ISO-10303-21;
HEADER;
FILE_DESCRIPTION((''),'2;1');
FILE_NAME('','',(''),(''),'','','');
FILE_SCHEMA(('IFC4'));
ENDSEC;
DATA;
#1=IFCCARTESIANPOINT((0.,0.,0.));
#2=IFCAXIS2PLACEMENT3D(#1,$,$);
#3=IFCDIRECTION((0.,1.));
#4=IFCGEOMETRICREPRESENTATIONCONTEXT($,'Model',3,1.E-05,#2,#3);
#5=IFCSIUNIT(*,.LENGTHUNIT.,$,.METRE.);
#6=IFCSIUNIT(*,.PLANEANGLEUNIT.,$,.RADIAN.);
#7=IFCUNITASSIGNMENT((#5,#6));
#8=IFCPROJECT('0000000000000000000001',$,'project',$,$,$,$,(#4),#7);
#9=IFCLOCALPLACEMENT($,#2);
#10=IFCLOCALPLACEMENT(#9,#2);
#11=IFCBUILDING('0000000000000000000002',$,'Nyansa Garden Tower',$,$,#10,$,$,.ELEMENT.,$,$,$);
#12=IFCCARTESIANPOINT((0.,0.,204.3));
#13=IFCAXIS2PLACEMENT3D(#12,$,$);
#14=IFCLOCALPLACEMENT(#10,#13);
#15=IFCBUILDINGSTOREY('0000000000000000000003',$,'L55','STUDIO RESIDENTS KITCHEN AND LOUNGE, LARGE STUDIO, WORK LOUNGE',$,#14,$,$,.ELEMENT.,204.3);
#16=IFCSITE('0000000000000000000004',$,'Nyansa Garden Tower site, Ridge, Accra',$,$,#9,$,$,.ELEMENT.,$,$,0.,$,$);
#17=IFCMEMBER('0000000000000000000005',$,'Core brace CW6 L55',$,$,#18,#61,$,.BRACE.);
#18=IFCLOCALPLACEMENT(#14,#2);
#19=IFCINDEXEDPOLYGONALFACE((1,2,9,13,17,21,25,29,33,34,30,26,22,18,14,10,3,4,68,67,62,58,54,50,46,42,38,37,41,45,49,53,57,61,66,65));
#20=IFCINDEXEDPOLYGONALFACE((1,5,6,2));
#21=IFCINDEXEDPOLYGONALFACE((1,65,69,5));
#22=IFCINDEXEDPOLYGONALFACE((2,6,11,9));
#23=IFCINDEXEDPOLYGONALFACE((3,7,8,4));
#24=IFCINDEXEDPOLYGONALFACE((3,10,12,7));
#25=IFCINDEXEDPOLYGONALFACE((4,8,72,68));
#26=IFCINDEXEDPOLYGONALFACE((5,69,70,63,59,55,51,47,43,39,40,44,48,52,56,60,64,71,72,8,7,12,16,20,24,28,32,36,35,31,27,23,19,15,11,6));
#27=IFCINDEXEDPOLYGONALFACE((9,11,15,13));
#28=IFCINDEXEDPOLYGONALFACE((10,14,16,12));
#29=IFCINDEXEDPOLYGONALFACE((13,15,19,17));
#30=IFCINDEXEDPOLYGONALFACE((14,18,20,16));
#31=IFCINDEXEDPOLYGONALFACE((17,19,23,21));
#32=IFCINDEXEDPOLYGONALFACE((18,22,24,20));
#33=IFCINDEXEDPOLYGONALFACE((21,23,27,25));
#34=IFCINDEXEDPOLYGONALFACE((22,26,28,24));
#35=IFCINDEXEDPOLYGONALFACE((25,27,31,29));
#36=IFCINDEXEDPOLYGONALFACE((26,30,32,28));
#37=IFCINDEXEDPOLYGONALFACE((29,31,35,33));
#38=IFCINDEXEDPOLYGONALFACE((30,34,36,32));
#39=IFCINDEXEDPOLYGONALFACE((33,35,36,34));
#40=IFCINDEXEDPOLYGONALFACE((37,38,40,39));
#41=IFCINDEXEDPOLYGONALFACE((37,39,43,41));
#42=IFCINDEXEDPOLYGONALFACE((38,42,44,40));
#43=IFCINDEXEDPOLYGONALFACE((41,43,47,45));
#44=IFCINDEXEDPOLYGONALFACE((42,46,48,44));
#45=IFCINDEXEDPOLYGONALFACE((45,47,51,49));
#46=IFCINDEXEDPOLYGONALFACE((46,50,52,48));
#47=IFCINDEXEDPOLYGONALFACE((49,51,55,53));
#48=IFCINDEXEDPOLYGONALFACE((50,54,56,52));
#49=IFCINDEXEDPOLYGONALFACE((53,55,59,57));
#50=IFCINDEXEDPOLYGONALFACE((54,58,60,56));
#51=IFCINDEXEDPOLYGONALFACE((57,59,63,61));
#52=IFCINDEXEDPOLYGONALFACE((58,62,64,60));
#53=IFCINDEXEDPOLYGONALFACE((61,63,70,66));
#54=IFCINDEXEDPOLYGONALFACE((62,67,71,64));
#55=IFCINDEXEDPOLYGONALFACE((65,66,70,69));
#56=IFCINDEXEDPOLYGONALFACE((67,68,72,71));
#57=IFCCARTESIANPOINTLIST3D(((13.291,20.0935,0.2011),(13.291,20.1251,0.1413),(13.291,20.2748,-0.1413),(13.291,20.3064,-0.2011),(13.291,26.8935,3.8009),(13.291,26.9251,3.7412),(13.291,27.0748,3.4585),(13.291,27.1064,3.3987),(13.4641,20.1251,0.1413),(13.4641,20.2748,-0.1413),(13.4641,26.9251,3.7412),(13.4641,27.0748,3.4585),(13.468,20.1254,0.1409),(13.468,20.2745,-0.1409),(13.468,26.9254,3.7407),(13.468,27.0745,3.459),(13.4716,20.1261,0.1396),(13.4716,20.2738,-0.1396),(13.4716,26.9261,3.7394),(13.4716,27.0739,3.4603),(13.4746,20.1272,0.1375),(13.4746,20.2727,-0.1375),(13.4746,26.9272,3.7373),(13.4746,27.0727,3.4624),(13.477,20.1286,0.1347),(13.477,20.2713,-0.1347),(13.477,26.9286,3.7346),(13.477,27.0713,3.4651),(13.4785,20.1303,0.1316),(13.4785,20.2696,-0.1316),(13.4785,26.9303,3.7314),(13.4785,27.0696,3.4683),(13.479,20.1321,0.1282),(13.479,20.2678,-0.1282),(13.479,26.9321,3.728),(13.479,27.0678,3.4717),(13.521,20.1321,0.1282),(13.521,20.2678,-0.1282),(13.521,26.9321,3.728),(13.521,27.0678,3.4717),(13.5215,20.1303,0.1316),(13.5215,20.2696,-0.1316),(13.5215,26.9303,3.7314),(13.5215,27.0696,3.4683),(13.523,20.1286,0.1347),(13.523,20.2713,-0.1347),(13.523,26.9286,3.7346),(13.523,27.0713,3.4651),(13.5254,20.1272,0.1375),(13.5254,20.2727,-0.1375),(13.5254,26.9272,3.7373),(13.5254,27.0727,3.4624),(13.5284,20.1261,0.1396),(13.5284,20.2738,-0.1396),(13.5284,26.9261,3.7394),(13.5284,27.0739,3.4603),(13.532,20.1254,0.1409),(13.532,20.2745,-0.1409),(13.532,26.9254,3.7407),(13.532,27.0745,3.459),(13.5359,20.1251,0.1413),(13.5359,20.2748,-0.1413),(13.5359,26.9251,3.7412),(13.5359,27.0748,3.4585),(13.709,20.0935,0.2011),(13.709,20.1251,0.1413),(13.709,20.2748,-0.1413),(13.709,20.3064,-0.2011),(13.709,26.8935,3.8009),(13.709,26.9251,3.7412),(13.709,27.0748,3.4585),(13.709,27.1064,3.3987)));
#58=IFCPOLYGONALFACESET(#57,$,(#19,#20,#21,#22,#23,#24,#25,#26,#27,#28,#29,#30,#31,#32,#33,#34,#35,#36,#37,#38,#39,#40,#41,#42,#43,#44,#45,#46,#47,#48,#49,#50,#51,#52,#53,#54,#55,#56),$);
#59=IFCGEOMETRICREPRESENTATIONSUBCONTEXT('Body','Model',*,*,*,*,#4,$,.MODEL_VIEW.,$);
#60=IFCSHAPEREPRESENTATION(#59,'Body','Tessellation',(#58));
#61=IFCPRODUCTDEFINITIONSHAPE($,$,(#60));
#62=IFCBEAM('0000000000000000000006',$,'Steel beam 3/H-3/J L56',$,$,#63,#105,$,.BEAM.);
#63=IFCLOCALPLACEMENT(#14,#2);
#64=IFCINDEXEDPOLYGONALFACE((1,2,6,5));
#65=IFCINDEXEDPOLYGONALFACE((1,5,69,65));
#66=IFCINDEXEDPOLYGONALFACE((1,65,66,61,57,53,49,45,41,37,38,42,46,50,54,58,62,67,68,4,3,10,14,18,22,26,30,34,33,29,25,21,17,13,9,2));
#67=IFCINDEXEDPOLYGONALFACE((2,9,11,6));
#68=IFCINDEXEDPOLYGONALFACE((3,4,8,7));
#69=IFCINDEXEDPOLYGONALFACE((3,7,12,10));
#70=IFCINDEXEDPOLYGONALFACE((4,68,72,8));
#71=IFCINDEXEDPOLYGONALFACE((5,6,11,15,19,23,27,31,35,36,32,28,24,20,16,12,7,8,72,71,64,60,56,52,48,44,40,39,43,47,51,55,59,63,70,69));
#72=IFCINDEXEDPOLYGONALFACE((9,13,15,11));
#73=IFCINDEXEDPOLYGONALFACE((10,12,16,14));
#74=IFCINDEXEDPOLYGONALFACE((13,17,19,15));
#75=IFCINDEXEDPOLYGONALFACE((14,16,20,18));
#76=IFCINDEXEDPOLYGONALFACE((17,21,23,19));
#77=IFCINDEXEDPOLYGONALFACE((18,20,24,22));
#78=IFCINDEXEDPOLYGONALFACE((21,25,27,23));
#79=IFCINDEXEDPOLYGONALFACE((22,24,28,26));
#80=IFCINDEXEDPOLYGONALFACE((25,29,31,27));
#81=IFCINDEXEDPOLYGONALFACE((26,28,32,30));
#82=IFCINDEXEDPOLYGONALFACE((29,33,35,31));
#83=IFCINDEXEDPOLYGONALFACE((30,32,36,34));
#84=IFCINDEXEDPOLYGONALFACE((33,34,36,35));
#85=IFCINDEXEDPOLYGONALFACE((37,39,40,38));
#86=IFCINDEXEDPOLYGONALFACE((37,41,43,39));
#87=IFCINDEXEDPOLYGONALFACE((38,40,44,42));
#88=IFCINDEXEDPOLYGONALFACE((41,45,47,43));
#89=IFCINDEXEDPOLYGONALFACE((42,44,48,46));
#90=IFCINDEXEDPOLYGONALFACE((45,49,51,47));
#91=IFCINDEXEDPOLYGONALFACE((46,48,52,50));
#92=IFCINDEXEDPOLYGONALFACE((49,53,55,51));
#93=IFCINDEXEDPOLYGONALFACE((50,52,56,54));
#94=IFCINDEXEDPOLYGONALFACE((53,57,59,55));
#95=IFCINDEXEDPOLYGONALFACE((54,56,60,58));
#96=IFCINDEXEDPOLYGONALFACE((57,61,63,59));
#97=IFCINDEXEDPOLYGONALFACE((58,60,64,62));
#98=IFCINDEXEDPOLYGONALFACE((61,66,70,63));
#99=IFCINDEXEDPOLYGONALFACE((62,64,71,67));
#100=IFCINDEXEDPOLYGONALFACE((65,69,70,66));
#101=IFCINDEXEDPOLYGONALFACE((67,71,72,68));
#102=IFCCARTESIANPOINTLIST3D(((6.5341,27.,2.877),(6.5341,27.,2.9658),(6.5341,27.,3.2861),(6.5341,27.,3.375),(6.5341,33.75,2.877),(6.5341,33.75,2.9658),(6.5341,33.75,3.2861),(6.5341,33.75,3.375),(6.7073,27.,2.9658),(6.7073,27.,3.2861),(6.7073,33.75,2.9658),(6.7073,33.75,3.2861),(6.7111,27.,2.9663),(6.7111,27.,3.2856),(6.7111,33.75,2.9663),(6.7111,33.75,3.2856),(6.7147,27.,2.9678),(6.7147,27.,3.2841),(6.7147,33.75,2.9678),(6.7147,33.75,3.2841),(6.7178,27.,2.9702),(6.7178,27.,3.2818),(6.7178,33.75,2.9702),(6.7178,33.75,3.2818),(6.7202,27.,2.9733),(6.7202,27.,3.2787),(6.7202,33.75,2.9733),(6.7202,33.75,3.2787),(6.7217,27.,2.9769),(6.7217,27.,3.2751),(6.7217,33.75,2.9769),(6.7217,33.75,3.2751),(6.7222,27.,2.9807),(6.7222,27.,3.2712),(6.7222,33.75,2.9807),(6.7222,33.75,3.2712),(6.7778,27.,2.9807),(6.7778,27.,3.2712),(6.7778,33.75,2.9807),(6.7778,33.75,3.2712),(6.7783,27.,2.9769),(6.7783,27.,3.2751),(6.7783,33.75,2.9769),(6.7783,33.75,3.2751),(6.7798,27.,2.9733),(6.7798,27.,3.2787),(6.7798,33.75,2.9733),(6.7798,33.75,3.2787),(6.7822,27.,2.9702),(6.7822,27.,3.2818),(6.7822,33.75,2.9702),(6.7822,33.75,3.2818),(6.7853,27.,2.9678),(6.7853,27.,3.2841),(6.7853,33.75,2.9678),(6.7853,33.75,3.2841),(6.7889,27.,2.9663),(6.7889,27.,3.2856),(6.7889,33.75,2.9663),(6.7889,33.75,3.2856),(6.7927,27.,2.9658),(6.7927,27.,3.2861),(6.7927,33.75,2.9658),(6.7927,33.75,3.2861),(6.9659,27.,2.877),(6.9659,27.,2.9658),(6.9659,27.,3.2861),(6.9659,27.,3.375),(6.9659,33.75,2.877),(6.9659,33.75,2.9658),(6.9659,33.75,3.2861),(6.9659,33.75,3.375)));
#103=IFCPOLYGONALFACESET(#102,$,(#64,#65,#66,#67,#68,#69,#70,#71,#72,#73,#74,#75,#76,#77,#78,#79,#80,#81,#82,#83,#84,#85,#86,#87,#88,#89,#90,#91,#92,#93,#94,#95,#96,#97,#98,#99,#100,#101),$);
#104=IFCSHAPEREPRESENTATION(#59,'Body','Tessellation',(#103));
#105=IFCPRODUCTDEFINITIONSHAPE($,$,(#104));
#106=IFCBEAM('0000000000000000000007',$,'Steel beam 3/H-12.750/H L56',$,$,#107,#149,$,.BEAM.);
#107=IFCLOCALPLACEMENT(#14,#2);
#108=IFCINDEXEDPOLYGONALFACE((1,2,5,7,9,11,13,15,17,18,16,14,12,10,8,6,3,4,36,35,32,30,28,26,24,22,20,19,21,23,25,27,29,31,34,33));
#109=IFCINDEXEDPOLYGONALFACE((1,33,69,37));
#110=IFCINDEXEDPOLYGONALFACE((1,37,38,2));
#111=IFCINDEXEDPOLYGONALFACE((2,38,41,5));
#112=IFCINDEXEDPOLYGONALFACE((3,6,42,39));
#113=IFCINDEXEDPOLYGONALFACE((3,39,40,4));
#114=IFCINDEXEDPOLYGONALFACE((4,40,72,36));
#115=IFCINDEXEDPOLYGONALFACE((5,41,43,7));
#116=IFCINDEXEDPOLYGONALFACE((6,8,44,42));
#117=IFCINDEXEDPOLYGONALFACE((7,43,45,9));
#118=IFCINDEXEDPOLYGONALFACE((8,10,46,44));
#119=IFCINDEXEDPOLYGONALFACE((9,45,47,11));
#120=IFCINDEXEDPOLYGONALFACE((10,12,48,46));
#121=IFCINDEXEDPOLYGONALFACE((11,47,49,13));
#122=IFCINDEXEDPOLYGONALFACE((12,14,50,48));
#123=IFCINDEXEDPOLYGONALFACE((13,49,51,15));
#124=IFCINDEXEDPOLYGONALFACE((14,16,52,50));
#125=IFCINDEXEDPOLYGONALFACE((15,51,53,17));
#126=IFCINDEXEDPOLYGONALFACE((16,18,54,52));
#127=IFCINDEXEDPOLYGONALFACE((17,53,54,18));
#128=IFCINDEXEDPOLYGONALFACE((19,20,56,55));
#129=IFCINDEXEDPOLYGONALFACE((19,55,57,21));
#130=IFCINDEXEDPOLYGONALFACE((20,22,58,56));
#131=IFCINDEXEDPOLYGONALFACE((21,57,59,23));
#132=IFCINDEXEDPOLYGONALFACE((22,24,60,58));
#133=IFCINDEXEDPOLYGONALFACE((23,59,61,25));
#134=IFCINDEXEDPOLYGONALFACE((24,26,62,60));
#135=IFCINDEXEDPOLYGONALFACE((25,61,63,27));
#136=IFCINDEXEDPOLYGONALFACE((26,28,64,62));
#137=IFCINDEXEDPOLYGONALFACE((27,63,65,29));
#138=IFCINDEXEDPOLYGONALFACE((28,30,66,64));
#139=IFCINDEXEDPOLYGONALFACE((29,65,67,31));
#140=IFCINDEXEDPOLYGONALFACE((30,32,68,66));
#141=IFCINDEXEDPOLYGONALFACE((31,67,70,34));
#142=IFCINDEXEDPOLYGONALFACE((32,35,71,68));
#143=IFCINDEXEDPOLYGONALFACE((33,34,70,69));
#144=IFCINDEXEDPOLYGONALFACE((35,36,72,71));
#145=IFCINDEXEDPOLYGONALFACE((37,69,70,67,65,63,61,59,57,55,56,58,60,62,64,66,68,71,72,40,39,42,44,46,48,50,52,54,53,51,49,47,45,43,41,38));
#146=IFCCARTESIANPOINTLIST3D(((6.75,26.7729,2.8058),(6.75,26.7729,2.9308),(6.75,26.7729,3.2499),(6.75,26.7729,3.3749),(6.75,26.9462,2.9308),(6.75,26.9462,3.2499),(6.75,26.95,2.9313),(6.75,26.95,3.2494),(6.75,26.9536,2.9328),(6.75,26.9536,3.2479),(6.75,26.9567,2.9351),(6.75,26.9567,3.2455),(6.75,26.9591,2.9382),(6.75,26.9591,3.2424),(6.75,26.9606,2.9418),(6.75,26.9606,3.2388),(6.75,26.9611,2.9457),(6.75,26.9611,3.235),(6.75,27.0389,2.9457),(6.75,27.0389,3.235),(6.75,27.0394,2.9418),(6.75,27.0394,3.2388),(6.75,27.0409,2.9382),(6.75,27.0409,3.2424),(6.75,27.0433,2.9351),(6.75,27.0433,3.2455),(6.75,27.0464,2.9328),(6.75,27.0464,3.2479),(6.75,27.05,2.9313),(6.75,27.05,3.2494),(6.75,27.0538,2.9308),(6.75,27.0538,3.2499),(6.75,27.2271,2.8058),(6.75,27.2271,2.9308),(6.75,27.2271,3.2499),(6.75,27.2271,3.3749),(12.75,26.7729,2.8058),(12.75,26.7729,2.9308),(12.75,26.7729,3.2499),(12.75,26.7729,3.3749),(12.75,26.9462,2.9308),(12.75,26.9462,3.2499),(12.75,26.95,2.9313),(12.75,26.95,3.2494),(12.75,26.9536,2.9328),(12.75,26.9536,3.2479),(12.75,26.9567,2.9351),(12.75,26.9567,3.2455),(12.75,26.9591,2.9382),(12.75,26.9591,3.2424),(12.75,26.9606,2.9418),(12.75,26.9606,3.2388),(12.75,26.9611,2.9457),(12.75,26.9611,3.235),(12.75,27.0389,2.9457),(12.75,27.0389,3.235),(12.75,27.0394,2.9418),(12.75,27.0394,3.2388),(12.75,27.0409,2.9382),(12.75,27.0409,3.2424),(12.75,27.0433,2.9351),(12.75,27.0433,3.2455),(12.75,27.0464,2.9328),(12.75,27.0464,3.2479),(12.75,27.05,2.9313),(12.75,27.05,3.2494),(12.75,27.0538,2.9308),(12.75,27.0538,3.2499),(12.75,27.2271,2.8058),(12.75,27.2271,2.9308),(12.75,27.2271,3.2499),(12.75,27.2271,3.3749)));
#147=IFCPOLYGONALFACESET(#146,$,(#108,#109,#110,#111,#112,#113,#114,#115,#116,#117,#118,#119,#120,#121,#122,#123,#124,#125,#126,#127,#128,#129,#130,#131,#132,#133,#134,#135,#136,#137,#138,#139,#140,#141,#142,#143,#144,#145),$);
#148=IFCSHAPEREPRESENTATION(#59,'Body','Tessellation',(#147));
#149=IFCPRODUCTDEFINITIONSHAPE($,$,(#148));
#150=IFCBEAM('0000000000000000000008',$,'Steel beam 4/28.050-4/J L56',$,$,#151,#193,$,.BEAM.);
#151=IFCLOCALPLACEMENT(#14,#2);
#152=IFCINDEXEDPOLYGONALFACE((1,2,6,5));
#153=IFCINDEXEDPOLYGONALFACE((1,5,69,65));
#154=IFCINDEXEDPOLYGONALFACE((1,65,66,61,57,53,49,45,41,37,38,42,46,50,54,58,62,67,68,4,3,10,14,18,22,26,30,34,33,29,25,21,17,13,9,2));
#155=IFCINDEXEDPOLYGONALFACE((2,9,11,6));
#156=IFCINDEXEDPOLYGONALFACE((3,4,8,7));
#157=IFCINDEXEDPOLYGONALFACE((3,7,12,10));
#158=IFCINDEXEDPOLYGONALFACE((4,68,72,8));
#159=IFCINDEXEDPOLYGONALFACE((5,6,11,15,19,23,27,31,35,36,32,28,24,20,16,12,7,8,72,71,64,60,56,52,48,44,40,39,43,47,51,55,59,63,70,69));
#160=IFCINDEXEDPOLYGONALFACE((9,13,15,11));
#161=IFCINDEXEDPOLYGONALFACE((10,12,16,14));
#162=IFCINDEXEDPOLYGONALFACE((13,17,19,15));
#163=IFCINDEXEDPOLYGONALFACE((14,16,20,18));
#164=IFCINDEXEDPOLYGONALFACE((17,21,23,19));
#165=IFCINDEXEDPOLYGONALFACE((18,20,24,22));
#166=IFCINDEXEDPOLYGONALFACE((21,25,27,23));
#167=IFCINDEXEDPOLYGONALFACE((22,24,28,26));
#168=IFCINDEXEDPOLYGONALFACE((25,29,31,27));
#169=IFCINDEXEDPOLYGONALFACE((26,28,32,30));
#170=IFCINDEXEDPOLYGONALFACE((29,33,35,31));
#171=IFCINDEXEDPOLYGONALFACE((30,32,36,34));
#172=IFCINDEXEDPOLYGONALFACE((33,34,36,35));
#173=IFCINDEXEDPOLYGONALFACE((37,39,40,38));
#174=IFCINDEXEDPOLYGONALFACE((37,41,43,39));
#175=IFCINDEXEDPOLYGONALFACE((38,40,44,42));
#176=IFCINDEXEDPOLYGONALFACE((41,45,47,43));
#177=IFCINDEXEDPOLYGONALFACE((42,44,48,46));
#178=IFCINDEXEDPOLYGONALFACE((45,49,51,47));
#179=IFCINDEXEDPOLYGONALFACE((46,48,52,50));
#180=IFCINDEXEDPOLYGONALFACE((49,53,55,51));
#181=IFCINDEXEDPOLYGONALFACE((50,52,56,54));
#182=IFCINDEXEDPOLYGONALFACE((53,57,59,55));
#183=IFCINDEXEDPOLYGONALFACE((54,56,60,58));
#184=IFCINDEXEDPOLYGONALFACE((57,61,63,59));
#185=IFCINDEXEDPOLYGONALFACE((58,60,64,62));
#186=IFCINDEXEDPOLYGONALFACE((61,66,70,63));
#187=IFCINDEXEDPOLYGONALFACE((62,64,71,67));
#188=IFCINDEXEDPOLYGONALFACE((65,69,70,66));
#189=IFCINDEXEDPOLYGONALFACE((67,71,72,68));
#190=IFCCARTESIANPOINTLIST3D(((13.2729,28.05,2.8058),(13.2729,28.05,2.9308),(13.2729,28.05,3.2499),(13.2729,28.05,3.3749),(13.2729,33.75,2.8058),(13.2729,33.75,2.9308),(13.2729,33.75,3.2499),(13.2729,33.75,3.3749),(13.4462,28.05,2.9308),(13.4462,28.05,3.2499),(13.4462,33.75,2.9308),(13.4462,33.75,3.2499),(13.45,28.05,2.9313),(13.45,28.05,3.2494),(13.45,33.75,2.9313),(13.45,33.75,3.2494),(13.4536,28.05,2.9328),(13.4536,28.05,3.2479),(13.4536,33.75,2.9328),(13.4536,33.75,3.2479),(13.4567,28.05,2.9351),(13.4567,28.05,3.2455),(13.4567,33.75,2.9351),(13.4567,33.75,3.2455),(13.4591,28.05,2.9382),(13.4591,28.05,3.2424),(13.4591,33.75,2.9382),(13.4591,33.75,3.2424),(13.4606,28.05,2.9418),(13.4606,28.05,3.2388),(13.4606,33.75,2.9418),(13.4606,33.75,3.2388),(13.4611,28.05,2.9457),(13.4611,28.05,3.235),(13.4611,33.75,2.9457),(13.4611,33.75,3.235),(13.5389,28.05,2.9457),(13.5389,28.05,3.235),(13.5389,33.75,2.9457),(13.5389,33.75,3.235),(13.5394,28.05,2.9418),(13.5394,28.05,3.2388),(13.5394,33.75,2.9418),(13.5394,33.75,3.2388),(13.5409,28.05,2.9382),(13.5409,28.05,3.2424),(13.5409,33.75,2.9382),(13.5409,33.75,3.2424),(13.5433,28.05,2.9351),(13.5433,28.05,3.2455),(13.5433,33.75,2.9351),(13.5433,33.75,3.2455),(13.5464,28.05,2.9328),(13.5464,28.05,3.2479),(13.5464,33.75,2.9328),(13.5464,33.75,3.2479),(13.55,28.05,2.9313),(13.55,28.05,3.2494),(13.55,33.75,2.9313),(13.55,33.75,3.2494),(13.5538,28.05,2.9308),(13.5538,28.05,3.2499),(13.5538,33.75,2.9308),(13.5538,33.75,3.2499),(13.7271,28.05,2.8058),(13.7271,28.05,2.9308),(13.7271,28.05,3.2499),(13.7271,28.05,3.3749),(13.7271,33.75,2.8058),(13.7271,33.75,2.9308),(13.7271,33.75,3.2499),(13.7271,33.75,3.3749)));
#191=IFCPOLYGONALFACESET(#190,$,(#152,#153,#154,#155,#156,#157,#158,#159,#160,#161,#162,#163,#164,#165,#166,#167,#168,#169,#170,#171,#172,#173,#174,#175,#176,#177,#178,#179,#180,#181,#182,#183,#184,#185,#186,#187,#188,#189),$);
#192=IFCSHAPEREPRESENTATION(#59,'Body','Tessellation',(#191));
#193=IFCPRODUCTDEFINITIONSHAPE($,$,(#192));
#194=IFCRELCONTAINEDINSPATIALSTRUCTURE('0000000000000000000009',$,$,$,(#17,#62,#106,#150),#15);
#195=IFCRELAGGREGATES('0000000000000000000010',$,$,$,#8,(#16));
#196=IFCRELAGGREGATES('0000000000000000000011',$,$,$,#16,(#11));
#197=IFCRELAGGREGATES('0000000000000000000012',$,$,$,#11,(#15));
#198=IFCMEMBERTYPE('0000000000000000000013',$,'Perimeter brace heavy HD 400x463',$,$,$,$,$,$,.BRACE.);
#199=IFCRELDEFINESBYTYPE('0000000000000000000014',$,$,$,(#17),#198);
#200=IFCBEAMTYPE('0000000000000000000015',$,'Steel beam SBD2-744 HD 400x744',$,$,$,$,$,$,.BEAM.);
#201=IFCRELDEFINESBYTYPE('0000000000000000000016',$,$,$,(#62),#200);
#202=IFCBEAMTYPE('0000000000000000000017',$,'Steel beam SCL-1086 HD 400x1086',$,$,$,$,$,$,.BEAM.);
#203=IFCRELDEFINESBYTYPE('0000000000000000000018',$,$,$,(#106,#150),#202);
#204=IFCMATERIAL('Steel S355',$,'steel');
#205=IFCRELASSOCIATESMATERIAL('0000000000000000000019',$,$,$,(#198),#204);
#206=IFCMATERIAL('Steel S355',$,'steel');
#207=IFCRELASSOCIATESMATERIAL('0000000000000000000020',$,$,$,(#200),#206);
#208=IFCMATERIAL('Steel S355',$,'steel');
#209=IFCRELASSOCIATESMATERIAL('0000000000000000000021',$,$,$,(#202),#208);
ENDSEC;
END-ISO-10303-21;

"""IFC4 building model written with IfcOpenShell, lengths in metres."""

from ifc_helpers import new_model, si_unit, direction, frame, origin, origin_2d, place, context, subcontext, project, spatial, i_section, extrude, material, material_profile, profile_set, type_object, element, save


model = new_model("IFC4")

# Units and contexts
model_context = context("Model", 3, precision=1e-05, world=origin(), true_north=direction((0.0, 1.0)))
body_context = subcontext(model_context, "Body", "Model", "MODEL_VIEW")
ifc_project = project(units=[si_unit("LENGTHUNIT", "METRE"), si_unit("PLANEANGLEUNIT", "RADIAN")], contexts=[model_context])

# Site, building, storey
site_placement = place(None, origin())
site = spatial("IfcSite", under=ifc_project, at=site_placement, Name="Nyansa Garden Tower site, Ridge, Accra", CompositionType="ELEMENT", RefElevation=0.0)
building_placement = place(site_placement, origin())
building = spatial("IfcBuilding", under=site, at=building_placement, Name="Nyansa Garden Tower", CompositionType="ELEMENT")
storey_placement = place(building_placement, frame((0.0, 0.0, 204.3)))
storey = spatial("IfcBuildingStorey", under=building, at=storey_placement, Name="L55", Description="STUDIO RESIDENTS KITCHEN AND LOUNGE, LARGE STUDIO, WORK LOUNGE", CompositionType="ELEMENT", Elevation=204.3)

# Member
ifc_material_1 = material(Name="Steel S355", Category="steel")
ifc_material_profile_1 = material_profile(ifc_material_1, i_section(OverallWidth=0.418, OverallDepth=0.4551, WebThickness=0.042, FlangeThickness=0.0676, FilletRadius=0.0149, at=origin_2d()), Name="HD 400x463")
ifc_profile_set_1 = profile_set([ifc_material_profile_1], Name="Steel S355")
member_type = type_object("IfcMemberType", Name="Perimeter brace heavy HD 400x463", PredefinedType="BRACE", material=ifc_profile_set_1)
member_placement = place(storey_placement, frame((13.5, 20.2, 0.0), z_axis=(0.0, 0.883797, 0.46787), x_axis=(-1.0, 0.0, 0.0)))
element("IfcMember", 1, at=member_placement, inside=storey, type_object=member_type, Name="Core brace CW6 L55", PredefinedType="BRACE", context=body_context, shape_type="SweptSolid", body=[
    extrude(i_section(OverallWidth=0.418, OverallDepth=0.4551, WebThickness=0.042, FlangeThickness=0.0676, FilletRadius=0.0149, at=origin_2d()), origin(), (0.0, 0.0, 1.0), 7.6941),
])

# Beams
ifc_material_2 = material(Name="Steel S355", Category="steel")
ifc_material_profile_2 = material_profile(ifc_material_2, i_section(OverallWidth=0.4319, OverallDepth=0.498, WebThickness=0.0557, FlangeThickness=0.0889, FilletRadius=0.0149, at=origin_2d()), Name="HD 400x744")
ifc_profile_set_2 = profile_set([ifc_material_profile_2], Name="Steel S355")
beam_type_1 = type_object("IfcBeamType", Name="Steel beam SBD2-744 HD 400x744", PredefinedType="BEAM", material=ifc_profile_set_2)
beam_1_placement = place(storey_placement, frame((6.75, 27.0, 3.126), z_axis=(0.0, 1.0, 0.0), x_axis=(-1.0, 0.0, 0.0)))
element("IfcBeam", 2, at=beam_1_placement, inside=storey, type_object=beam_type_1, Name="Steel beam 3/H-3/J L56", PredefinedType="BEAM", context=body_context, shape_type="SweptSolid", body=[
    extrude(i_section(OverallWidth=0.4319, OverallDepth=0.498, WebThickness=0.0557, FlangeThickness=0.0889, FilletRadius=0.0149, at=origin_2d()), origin(), (0.0, 0.0, 1.0), 6.75),
])
ifc_material_3 = material(Name="Steel S355", Category="steel")
ifc_material_profile_3 = material_profile(ifc_material_3, i_section(OverallWidth=0.4541, OverallDepth=0.5691, WebThickness=0.0779, FlangeThickness=0.125, FilletRadius=0.0149, at=origin_2d()), Name="HD 400x1086")
ifc_profile_set_3 = profile_set([ifc_material_profile_3], Name="Steel S355")
beam_type_2 = type_object("IfcBeamType", Name="Steel beam SCL-1086 HD 400x1086", PredefinedType="BEAM", material=ifc_profile_set_3)
beam_2_placement = place(storey_placement, frame((6.75, 27.0, 3.0903), z_axis=(1.0, 0.0, 0.0), x_axis=(0.0, 1.0, 0.0)))
element("IfcBeam", 3, at=beam_2_placement, inside=storey, type_object=beam_type_2, Name="Steel beam 3/H-12.750/H L56", PredefinedType="BEAM", context=body_context, shape_type="SweptSolid", body=[
    extrude(i_section(OverallWidth=0.4541, OverallDepth=0.5691, WebThickness=0.0779, FlangeThickness=0.125, FilletRadius=0.0149, at=origin_2d()), origin(), (0.0, 0.0, 1.0), 6.0),
])
beam_3_placement = place(storey_placement, frame((13.5, 28.05, 3.0903), z_axis=(0.0, 1.0, 0.0), x_axis=(-1.0, 0.0, 0.0)))
element("IfcBeam", 4, at=beam_3_placement, inside=storey, type_object=beam_type_2, Name="Steel beam 4/28.050-4/J L56", PredefinedType="BEAM", context=body_context, shape_type="SweptSolid", body=[
    extrude(i_section(OverallWidth=0.4541, OverallDepth=0.5691, WebThickness=0.0779, FlangeThickness=0.125, FilletRadius=0.0149, at=origin_2d()), origin(), (0.0, 0.0, 1.0), 5.7),
])

save(model, "model.ifc")
